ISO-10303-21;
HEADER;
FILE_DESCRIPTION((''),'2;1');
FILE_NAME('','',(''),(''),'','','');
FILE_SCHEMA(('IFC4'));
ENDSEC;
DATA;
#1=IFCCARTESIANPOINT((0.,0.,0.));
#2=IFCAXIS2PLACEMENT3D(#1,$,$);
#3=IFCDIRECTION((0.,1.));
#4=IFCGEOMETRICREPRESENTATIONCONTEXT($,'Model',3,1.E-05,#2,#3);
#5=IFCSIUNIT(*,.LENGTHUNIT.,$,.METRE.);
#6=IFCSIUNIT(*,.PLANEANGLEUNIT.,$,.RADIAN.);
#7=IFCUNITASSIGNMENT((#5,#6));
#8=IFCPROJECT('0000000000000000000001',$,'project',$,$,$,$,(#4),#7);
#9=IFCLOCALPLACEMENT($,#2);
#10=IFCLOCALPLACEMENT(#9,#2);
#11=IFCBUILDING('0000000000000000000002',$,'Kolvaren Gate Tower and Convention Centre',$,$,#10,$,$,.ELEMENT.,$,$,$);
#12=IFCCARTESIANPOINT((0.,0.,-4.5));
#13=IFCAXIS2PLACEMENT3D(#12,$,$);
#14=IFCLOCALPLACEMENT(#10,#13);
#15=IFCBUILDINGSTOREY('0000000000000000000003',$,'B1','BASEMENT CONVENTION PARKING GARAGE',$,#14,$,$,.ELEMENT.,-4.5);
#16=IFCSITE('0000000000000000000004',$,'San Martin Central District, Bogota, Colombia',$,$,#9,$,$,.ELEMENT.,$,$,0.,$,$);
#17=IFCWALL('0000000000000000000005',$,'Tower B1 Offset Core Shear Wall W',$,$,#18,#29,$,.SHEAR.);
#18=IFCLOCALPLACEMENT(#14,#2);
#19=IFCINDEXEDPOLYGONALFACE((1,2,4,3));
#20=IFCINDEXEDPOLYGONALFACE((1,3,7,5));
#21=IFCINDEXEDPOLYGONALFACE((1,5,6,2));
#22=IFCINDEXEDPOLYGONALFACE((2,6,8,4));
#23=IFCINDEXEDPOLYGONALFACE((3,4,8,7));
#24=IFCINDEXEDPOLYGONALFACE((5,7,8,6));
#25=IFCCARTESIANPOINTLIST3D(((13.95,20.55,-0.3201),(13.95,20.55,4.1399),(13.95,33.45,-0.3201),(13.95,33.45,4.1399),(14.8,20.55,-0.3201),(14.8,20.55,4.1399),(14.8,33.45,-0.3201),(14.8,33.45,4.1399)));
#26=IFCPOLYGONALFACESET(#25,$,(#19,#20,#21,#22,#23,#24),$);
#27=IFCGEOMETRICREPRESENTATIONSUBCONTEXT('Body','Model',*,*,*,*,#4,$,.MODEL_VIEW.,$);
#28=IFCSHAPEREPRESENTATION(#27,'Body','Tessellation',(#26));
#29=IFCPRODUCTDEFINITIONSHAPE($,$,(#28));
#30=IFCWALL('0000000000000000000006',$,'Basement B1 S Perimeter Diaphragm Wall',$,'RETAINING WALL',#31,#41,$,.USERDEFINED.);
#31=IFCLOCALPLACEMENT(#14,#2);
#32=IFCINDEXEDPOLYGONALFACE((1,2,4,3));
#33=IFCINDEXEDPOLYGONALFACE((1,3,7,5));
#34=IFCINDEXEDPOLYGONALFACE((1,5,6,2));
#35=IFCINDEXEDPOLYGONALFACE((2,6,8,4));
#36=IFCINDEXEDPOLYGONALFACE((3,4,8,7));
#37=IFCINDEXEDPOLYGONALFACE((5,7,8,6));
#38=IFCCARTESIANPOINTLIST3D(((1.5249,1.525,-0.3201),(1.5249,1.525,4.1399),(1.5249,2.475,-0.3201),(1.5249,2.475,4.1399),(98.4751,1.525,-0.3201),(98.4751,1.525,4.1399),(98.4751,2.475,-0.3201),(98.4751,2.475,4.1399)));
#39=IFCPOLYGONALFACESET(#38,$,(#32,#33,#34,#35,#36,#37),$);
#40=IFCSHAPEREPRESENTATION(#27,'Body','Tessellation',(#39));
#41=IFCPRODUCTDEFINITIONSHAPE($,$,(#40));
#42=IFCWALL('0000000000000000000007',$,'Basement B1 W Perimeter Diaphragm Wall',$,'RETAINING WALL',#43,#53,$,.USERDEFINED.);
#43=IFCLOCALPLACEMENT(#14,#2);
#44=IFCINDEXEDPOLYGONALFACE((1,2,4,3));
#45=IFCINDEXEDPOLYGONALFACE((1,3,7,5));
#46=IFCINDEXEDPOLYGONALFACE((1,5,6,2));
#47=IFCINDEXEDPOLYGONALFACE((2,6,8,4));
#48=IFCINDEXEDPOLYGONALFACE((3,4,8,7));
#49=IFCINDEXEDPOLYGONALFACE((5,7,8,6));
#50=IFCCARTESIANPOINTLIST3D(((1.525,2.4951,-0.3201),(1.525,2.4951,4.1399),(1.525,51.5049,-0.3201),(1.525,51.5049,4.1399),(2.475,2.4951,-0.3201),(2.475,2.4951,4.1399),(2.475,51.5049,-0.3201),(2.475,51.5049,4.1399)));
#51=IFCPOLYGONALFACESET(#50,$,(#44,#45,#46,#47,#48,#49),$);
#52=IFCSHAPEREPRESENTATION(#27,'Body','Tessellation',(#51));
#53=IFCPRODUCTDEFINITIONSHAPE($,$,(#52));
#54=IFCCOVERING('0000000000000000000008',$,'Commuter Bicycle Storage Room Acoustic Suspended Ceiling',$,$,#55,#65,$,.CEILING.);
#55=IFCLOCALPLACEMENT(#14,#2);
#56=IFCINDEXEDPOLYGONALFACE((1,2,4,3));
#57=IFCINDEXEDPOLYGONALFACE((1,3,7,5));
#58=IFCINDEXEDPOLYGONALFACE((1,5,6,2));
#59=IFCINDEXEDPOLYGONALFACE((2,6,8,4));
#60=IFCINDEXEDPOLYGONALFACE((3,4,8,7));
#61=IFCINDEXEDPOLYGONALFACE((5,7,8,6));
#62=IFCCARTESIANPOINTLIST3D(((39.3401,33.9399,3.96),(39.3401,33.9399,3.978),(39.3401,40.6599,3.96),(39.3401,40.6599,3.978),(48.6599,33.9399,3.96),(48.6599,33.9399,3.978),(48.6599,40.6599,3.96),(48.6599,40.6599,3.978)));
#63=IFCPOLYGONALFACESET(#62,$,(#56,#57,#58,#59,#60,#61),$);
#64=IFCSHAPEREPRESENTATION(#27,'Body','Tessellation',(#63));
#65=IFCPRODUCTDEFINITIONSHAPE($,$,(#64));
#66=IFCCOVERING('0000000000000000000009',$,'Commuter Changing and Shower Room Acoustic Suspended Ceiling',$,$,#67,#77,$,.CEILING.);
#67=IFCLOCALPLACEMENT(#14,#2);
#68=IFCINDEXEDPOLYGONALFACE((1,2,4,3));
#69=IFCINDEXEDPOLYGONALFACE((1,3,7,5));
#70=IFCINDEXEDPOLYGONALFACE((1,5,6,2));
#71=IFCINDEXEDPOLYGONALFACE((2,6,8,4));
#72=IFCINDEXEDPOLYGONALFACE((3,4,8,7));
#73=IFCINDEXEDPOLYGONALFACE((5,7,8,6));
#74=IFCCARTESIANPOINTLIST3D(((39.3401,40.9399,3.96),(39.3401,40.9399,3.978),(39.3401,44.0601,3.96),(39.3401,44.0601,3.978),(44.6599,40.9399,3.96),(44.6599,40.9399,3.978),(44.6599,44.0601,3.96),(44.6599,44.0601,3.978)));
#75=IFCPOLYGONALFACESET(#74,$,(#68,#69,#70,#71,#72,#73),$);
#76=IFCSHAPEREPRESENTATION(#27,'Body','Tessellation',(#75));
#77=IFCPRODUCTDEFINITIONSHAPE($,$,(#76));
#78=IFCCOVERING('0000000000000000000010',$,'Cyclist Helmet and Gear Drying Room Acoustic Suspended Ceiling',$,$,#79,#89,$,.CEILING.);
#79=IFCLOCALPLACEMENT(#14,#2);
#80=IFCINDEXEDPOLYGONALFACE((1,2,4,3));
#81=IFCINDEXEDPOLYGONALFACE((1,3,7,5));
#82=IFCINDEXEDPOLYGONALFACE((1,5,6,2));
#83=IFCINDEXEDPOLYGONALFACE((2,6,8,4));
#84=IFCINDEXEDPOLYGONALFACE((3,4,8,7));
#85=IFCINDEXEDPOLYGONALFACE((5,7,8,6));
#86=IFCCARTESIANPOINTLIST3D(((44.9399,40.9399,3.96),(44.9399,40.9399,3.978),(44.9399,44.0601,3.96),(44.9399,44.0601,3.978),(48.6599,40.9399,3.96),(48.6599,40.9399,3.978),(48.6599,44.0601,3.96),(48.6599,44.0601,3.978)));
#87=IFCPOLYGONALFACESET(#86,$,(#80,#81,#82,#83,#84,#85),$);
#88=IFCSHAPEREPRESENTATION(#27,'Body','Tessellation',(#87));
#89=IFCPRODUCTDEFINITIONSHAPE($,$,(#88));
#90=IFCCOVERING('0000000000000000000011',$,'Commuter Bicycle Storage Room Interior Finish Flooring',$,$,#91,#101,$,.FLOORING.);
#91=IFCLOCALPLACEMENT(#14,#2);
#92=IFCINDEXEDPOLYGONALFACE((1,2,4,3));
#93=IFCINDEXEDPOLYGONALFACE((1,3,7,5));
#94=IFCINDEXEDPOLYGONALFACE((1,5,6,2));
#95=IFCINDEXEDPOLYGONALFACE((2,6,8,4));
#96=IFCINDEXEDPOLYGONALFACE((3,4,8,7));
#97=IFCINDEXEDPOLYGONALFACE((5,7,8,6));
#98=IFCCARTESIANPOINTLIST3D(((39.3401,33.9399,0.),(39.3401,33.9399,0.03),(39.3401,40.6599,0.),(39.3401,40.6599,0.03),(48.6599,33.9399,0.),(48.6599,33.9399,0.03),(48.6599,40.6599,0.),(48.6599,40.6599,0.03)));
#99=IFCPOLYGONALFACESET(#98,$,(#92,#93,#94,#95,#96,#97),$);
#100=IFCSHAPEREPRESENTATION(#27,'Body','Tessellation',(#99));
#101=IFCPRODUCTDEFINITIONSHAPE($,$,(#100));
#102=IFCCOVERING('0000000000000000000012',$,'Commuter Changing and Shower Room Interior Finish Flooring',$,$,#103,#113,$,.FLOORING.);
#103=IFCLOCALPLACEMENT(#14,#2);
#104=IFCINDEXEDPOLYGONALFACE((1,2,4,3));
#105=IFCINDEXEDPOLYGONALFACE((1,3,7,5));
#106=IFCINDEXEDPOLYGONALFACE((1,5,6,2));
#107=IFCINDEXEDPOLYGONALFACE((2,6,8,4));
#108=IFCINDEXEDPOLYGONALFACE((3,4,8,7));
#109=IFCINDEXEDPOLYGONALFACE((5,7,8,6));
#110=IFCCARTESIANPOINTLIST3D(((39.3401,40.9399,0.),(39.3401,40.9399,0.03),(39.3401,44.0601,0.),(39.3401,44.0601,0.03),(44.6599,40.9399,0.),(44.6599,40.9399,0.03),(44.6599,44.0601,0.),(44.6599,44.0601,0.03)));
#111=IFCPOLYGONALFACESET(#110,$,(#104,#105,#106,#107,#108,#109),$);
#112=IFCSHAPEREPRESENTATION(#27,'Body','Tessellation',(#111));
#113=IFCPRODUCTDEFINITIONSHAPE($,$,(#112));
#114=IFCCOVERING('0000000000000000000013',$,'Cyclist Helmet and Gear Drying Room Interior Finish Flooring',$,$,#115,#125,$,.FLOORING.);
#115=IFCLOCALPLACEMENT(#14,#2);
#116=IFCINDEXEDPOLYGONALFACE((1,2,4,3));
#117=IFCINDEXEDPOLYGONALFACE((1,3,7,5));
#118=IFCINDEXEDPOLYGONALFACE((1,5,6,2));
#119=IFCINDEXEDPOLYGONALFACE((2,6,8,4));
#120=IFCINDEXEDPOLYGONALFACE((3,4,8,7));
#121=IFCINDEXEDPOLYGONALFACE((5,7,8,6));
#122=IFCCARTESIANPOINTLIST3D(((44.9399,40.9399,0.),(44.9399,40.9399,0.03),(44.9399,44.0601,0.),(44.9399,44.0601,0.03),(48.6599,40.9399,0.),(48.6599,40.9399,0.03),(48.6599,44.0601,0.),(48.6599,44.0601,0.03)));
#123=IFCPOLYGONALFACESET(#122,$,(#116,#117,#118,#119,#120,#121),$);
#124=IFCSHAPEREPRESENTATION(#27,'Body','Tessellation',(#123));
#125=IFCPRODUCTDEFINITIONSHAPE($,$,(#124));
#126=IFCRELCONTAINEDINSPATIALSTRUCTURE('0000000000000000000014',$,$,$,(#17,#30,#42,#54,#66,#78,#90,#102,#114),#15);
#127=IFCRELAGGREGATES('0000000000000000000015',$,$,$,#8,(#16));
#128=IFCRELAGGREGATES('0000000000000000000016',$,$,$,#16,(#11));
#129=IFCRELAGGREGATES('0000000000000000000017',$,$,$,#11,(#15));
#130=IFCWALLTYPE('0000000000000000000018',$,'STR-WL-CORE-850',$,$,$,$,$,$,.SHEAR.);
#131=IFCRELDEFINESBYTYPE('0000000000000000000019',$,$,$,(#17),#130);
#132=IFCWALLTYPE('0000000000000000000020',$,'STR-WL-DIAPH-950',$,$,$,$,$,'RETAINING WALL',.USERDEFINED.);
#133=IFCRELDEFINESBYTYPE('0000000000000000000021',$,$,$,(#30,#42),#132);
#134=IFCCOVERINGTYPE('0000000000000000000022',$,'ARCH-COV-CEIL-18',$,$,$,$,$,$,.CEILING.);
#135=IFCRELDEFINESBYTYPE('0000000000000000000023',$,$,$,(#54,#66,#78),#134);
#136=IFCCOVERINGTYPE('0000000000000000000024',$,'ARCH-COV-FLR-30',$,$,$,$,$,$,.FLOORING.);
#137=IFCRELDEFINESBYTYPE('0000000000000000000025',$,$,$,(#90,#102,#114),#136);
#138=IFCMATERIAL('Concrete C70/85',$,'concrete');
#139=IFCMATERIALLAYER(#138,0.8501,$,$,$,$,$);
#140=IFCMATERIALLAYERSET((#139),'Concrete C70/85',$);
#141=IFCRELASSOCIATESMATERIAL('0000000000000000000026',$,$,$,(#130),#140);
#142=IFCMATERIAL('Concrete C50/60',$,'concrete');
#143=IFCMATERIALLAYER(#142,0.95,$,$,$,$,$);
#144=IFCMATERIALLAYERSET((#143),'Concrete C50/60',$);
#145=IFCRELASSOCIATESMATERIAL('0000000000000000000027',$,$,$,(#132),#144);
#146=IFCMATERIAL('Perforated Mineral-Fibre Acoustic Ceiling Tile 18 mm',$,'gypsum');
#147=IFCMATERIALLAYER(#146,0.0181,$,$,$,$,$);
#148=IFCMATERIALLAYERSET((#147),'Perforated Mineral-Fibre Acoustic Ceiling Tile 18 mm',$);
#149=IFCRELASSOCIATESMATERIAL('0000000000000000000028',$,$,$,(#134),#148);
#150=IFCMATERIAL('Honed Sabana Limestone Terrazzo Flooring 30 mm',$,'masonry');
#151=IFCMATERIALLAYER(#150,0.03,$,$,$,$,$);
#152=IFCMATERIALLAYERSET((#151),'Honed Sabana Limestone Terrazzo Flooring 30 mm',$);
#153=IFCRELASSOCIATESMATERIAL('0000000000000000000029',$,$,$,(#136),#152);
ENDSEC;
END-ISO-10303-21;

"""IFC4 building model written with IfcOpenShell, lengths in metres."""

from ifc_helpers import new_model, si_unit, direction, frame, frame_2d, origin, place, context, subcontext, project, spatial, polyline, rectangle, outline, extrude, material, layer, layer_set, type_object, element, save


model = new_model("IFC4")

# Units and contexts
model_context = context("Model", 3, precision=1e-05, world=origin(), true_north=direction((0.0, 1.0)))
body_context = subcontext(model_context, "Body", "Model", "MODEL_VIEW")
ifc_project = project(units=[si_unit("LENGTHUNIT", "METRE"), si_unit("PLANEANGLEUNIT", "RADIAN")], contexts=[model_context])

# Site, building, storey
site_placement = place(None, origin())
site = spatial("IfcSite", under=ifc_project, at=site_placement, Name="San Martin Central District, Bogota, Colombia", CompositionType="ELEMENT", RefElevation=0.0)
building_placement = place(site_placement, origin())
building = spatial("IfcBuilding", under=site, at=building_placement, Name="Kolvaren Gate Tower and Convention Centre", CompositionType="ELEMENT")
storey_placement = place(building_placement, frame((0.0, 0.0, -4.5)))
storey = spatial("IfcBuildingStorey", under=building, at=storey_placement, Name="B1", Description="BASEMENT CONVENTION PARKING GARAGE", CompositionType="ELEMENT", Elevation=-4.5)

# Shared definitions
ifc_material_1 = material(Name="Concrete C70/85", Category="concrete")

# Shared definitions
ifc_material_2 = material(Name="Concrete C50/60", Category="concrete")

# Walls
ifc_layer_1 = layer(ifc_material_1, 0.8501)
ifc_layer_set_1 = layer_set([ifc_layer_1], Name="Concrete C70/85")
wall_type_1 = type_object("IfcWallType", Name="STR-WL-CORE-850", PredefinedType="SHEAR", material=ifc_layer_set_1)
wall_1_placement = place(storey_placement, frame((14.375, 20.55, -0.3201), z_axis=(0.0, 0.0, 1.0), x_axis=(0.0, 1.0, 0.0)))
element("IfcWall", 1, at=wall_1_placement, inside=storey, type_object=wall_type_1, Name="Tower B1 Offset Core Shear Wall W", PredefinedType="SHEAR", context=body_context, shape_type="SweptSolid", body=[
    extrude(rectangle(XDim=12.8999, YDim=0.8501, at=frame_2d((6.45, 0.0))), origin(), (0.0, 0.0, 1.0), 4.46),
])
ifc_layer_2 = layer(ifc_material_2, 0.95)
ifc_layer_set_2 = layer_set([ifc_layer_2], Name="Concrete C50/60")
wall_type_2 = type_object("IfcWallType", Name="STR-WL-DIAPH-950", ElementType="RETAINING WALL", PredefinedType="USERDEFINED", material=ifc_layer_set_2)
wall_2_placement = place(storey_placement, frame((1.5249, 2.0, -0.3201), z_axis=(0.0, 0.0, 1.0), x_axis=(1.0, 0.0, 0.0)))
element("IfcWall", 2, at=wall_2_placement, inside=storey, type_object=wall_type_2, Name="Basement B1 S Perimeter Diaphragm Wall", ObjectType="RETAINING WALL", PredefinedType="USERDEFINED", context=body_context, shape_type="SweptSolid", body=[
    extrude(rectangle(XDim=96.9502, YDim=0.95, at=frame_2d((48.4751, 0.0))), origin(), (0.0, 0.0, 1.0), 4.46),
])
wall_3_placement = place(storey_placement, frame((2.0, 2.4951, -0.3201), z_axis=(0.0, 0.0, 1.0), x_axis=(0.0, 1.0, 0.0)))
element("IfcWall", 3, at=wall_3_placement, inside=storey, type_object=wall_type_2, Name="Basement B1 W Perimeter Diaphragm Wall", ObjectType="RETAINING WALL", PredefinedType="USERDEFINED", context=body_context, shape_type="SweptSolid", body=[
    extrude(rectangle(XDim=49.0098, YDim=0.95, at=frame_2d((24.5049, 0.0))), origin(), (0.0, 0.0, 1.0), 4.46),
])

# Coverings
ifc_material_3 = material(Name="Perforated Mineral-Fibre Acoustic Ceiling Tile 18 mm", Category="gypsum")
ifc_layer_3 = layer(ifc_material_3, 0.0181)
ifc_layer_set_3 = layer_set([ifc_layer_3], Name="Perforated Mineral-Fibre Acoustic Ceiling Tile 18 mm")
covering_type_1 = type_object("IfcCoveringType", Name="ARCH-COV-CEIL-18", PredefinedType="CEILING", material=ifc_layer_set_3)
covering_1_placement = place(storey_placement, frame((0.0, 0.0, 3.96)))
element("IfcCovering", 4, at=covering_1_placement, inside=storey, type_object=covering_type_1, Name="Commuter Bicycle Storage Room Acoustic Suspended Ceiling", PredefinedType="CEILING", context=body_context, shape_type="SweptSolid", body=[
    extrude(outline(polyline([(39.3401, 33.9399), (39.3401, 40.6599), (48.6599, 40.6599), (48.6599, 33.9399), (39.3401, 33.9399)])), origin(), (0.0, 0.0, 1.0), 0.0181),
])
covering_2_placement = place(storey_placement, frame((0.0, 0.0, 3.96)))
element("IfcCovering", 5, at=covering_2_placement, inside=storey, type_object=covering_type_1, Name="Commuter Changing and Shower Room Acoustic Suspended Ceiling", PredefinedType="CEILING", context=body_context, shape_type="SweptSolid", body=[
    extrude(outline(polyline([(39.3401, 40.9399), (39.3401, 44.0601), (44.6599, 44.0601), (44.6599, 40.9399), (39.3401, 40.9399)])), origin(), (0.0, 0.0, 1.0), 0.0181),
])
covering_3_placement = place(storey_placement, frame((0.0, 0.0, 3.96)))
element("IfcCovering", 6, at=covering_3_placement, inside=storey, type_object=covering_type_1, Name="Cyclist Helmet and Gear Drying Room Acoustic Suspended Ceiling", PredefinedType="CEILING", context=body_context, shape_type="SweptSolid", body=[
    extrude(outline(polyline([(44.9399, 40.9399), (44.9399, 44.0601), (48.6599, 44.0601), (48.6599, 40.9399), (44.9399, 40.9399)])), origin(), (0.0, 0.0, 1.0), 0.0181),
])
ifc_material_4 = material(Name="Honed Sabana Limestone Terrazzo Flooring 30 mm", Category="masonry")
ifc_layer_4 = layer(ifc_material_4, 0.03)
ifc_layer_set_4 = layer_set([ifc_layer_4], Name="Honed Sabana Limestone Terrazzo Flooring 30 mm")
covering_type_2 = type_object("IfcCoveringType", Name="ARCH-COV-FLR-30", PredefinedType="FLOORING", material=ifc_layer_set_4)
covering_4_placement = place(storey_placement, origin())
element("IfcCovering", 7, at=covering_4_placement, inside=storey, type_object=covering_type_2, Name="Commuter Bicycle Storage Room Interior Finish Flooring", PredefinedType="FLOORING", context=body_context, shape_type="SweptSolid", body=[
    extrude(outline(polyline([(39.3401, 33.9399), (39.3401, 40.6599), (48.6599, 40.6599), (48.6599, 33.9399), (39.3401, 33.9399)])), origin(), (0.0, 0.0, 1.0), 0.03),
])
covering_5_placement = place(storey_placement, origin())
element("IfcCovering", 8, at=covering_5_placement, inside=storey, type_object=covering_type_2, Name="Commuter Changing and Shower Room Interior Finish Flooring", PredefinedType="FLOORING", context=body_context, shape_type="SweptSolid", body=[
    extrude(outline(polyline([(39.3401, 40.9399), (39.3401, 44.0601), (44.6599, 44.0601), (44.6599, 40.9399), (39.3401, 40.9399)])), origin(), (0.0, 0.0, 1.0), 0.03),
])
covering_6_placement = place(storey_placement, origin())
element("IfcCovering", 9, at=covering_6_placement, inside=storey, type_object=covering_type_2, Name="Cyclist Helmet and Gear Drying Room Interior Finish Flooring", PredefinedType="FLOORING", context=body_context, shape_type="SweptSolid", body=[
    extrude(outline(polyline([(44.9399, 40.9399), (44.9399, 44.0601), (48.6599, 44.0601), (48.6599, 40.9399), (44.9399, 40.9399)])), origin(), (0.0, 0.0, 1.0), 0.03),
])

save(model, "model.ifc")
